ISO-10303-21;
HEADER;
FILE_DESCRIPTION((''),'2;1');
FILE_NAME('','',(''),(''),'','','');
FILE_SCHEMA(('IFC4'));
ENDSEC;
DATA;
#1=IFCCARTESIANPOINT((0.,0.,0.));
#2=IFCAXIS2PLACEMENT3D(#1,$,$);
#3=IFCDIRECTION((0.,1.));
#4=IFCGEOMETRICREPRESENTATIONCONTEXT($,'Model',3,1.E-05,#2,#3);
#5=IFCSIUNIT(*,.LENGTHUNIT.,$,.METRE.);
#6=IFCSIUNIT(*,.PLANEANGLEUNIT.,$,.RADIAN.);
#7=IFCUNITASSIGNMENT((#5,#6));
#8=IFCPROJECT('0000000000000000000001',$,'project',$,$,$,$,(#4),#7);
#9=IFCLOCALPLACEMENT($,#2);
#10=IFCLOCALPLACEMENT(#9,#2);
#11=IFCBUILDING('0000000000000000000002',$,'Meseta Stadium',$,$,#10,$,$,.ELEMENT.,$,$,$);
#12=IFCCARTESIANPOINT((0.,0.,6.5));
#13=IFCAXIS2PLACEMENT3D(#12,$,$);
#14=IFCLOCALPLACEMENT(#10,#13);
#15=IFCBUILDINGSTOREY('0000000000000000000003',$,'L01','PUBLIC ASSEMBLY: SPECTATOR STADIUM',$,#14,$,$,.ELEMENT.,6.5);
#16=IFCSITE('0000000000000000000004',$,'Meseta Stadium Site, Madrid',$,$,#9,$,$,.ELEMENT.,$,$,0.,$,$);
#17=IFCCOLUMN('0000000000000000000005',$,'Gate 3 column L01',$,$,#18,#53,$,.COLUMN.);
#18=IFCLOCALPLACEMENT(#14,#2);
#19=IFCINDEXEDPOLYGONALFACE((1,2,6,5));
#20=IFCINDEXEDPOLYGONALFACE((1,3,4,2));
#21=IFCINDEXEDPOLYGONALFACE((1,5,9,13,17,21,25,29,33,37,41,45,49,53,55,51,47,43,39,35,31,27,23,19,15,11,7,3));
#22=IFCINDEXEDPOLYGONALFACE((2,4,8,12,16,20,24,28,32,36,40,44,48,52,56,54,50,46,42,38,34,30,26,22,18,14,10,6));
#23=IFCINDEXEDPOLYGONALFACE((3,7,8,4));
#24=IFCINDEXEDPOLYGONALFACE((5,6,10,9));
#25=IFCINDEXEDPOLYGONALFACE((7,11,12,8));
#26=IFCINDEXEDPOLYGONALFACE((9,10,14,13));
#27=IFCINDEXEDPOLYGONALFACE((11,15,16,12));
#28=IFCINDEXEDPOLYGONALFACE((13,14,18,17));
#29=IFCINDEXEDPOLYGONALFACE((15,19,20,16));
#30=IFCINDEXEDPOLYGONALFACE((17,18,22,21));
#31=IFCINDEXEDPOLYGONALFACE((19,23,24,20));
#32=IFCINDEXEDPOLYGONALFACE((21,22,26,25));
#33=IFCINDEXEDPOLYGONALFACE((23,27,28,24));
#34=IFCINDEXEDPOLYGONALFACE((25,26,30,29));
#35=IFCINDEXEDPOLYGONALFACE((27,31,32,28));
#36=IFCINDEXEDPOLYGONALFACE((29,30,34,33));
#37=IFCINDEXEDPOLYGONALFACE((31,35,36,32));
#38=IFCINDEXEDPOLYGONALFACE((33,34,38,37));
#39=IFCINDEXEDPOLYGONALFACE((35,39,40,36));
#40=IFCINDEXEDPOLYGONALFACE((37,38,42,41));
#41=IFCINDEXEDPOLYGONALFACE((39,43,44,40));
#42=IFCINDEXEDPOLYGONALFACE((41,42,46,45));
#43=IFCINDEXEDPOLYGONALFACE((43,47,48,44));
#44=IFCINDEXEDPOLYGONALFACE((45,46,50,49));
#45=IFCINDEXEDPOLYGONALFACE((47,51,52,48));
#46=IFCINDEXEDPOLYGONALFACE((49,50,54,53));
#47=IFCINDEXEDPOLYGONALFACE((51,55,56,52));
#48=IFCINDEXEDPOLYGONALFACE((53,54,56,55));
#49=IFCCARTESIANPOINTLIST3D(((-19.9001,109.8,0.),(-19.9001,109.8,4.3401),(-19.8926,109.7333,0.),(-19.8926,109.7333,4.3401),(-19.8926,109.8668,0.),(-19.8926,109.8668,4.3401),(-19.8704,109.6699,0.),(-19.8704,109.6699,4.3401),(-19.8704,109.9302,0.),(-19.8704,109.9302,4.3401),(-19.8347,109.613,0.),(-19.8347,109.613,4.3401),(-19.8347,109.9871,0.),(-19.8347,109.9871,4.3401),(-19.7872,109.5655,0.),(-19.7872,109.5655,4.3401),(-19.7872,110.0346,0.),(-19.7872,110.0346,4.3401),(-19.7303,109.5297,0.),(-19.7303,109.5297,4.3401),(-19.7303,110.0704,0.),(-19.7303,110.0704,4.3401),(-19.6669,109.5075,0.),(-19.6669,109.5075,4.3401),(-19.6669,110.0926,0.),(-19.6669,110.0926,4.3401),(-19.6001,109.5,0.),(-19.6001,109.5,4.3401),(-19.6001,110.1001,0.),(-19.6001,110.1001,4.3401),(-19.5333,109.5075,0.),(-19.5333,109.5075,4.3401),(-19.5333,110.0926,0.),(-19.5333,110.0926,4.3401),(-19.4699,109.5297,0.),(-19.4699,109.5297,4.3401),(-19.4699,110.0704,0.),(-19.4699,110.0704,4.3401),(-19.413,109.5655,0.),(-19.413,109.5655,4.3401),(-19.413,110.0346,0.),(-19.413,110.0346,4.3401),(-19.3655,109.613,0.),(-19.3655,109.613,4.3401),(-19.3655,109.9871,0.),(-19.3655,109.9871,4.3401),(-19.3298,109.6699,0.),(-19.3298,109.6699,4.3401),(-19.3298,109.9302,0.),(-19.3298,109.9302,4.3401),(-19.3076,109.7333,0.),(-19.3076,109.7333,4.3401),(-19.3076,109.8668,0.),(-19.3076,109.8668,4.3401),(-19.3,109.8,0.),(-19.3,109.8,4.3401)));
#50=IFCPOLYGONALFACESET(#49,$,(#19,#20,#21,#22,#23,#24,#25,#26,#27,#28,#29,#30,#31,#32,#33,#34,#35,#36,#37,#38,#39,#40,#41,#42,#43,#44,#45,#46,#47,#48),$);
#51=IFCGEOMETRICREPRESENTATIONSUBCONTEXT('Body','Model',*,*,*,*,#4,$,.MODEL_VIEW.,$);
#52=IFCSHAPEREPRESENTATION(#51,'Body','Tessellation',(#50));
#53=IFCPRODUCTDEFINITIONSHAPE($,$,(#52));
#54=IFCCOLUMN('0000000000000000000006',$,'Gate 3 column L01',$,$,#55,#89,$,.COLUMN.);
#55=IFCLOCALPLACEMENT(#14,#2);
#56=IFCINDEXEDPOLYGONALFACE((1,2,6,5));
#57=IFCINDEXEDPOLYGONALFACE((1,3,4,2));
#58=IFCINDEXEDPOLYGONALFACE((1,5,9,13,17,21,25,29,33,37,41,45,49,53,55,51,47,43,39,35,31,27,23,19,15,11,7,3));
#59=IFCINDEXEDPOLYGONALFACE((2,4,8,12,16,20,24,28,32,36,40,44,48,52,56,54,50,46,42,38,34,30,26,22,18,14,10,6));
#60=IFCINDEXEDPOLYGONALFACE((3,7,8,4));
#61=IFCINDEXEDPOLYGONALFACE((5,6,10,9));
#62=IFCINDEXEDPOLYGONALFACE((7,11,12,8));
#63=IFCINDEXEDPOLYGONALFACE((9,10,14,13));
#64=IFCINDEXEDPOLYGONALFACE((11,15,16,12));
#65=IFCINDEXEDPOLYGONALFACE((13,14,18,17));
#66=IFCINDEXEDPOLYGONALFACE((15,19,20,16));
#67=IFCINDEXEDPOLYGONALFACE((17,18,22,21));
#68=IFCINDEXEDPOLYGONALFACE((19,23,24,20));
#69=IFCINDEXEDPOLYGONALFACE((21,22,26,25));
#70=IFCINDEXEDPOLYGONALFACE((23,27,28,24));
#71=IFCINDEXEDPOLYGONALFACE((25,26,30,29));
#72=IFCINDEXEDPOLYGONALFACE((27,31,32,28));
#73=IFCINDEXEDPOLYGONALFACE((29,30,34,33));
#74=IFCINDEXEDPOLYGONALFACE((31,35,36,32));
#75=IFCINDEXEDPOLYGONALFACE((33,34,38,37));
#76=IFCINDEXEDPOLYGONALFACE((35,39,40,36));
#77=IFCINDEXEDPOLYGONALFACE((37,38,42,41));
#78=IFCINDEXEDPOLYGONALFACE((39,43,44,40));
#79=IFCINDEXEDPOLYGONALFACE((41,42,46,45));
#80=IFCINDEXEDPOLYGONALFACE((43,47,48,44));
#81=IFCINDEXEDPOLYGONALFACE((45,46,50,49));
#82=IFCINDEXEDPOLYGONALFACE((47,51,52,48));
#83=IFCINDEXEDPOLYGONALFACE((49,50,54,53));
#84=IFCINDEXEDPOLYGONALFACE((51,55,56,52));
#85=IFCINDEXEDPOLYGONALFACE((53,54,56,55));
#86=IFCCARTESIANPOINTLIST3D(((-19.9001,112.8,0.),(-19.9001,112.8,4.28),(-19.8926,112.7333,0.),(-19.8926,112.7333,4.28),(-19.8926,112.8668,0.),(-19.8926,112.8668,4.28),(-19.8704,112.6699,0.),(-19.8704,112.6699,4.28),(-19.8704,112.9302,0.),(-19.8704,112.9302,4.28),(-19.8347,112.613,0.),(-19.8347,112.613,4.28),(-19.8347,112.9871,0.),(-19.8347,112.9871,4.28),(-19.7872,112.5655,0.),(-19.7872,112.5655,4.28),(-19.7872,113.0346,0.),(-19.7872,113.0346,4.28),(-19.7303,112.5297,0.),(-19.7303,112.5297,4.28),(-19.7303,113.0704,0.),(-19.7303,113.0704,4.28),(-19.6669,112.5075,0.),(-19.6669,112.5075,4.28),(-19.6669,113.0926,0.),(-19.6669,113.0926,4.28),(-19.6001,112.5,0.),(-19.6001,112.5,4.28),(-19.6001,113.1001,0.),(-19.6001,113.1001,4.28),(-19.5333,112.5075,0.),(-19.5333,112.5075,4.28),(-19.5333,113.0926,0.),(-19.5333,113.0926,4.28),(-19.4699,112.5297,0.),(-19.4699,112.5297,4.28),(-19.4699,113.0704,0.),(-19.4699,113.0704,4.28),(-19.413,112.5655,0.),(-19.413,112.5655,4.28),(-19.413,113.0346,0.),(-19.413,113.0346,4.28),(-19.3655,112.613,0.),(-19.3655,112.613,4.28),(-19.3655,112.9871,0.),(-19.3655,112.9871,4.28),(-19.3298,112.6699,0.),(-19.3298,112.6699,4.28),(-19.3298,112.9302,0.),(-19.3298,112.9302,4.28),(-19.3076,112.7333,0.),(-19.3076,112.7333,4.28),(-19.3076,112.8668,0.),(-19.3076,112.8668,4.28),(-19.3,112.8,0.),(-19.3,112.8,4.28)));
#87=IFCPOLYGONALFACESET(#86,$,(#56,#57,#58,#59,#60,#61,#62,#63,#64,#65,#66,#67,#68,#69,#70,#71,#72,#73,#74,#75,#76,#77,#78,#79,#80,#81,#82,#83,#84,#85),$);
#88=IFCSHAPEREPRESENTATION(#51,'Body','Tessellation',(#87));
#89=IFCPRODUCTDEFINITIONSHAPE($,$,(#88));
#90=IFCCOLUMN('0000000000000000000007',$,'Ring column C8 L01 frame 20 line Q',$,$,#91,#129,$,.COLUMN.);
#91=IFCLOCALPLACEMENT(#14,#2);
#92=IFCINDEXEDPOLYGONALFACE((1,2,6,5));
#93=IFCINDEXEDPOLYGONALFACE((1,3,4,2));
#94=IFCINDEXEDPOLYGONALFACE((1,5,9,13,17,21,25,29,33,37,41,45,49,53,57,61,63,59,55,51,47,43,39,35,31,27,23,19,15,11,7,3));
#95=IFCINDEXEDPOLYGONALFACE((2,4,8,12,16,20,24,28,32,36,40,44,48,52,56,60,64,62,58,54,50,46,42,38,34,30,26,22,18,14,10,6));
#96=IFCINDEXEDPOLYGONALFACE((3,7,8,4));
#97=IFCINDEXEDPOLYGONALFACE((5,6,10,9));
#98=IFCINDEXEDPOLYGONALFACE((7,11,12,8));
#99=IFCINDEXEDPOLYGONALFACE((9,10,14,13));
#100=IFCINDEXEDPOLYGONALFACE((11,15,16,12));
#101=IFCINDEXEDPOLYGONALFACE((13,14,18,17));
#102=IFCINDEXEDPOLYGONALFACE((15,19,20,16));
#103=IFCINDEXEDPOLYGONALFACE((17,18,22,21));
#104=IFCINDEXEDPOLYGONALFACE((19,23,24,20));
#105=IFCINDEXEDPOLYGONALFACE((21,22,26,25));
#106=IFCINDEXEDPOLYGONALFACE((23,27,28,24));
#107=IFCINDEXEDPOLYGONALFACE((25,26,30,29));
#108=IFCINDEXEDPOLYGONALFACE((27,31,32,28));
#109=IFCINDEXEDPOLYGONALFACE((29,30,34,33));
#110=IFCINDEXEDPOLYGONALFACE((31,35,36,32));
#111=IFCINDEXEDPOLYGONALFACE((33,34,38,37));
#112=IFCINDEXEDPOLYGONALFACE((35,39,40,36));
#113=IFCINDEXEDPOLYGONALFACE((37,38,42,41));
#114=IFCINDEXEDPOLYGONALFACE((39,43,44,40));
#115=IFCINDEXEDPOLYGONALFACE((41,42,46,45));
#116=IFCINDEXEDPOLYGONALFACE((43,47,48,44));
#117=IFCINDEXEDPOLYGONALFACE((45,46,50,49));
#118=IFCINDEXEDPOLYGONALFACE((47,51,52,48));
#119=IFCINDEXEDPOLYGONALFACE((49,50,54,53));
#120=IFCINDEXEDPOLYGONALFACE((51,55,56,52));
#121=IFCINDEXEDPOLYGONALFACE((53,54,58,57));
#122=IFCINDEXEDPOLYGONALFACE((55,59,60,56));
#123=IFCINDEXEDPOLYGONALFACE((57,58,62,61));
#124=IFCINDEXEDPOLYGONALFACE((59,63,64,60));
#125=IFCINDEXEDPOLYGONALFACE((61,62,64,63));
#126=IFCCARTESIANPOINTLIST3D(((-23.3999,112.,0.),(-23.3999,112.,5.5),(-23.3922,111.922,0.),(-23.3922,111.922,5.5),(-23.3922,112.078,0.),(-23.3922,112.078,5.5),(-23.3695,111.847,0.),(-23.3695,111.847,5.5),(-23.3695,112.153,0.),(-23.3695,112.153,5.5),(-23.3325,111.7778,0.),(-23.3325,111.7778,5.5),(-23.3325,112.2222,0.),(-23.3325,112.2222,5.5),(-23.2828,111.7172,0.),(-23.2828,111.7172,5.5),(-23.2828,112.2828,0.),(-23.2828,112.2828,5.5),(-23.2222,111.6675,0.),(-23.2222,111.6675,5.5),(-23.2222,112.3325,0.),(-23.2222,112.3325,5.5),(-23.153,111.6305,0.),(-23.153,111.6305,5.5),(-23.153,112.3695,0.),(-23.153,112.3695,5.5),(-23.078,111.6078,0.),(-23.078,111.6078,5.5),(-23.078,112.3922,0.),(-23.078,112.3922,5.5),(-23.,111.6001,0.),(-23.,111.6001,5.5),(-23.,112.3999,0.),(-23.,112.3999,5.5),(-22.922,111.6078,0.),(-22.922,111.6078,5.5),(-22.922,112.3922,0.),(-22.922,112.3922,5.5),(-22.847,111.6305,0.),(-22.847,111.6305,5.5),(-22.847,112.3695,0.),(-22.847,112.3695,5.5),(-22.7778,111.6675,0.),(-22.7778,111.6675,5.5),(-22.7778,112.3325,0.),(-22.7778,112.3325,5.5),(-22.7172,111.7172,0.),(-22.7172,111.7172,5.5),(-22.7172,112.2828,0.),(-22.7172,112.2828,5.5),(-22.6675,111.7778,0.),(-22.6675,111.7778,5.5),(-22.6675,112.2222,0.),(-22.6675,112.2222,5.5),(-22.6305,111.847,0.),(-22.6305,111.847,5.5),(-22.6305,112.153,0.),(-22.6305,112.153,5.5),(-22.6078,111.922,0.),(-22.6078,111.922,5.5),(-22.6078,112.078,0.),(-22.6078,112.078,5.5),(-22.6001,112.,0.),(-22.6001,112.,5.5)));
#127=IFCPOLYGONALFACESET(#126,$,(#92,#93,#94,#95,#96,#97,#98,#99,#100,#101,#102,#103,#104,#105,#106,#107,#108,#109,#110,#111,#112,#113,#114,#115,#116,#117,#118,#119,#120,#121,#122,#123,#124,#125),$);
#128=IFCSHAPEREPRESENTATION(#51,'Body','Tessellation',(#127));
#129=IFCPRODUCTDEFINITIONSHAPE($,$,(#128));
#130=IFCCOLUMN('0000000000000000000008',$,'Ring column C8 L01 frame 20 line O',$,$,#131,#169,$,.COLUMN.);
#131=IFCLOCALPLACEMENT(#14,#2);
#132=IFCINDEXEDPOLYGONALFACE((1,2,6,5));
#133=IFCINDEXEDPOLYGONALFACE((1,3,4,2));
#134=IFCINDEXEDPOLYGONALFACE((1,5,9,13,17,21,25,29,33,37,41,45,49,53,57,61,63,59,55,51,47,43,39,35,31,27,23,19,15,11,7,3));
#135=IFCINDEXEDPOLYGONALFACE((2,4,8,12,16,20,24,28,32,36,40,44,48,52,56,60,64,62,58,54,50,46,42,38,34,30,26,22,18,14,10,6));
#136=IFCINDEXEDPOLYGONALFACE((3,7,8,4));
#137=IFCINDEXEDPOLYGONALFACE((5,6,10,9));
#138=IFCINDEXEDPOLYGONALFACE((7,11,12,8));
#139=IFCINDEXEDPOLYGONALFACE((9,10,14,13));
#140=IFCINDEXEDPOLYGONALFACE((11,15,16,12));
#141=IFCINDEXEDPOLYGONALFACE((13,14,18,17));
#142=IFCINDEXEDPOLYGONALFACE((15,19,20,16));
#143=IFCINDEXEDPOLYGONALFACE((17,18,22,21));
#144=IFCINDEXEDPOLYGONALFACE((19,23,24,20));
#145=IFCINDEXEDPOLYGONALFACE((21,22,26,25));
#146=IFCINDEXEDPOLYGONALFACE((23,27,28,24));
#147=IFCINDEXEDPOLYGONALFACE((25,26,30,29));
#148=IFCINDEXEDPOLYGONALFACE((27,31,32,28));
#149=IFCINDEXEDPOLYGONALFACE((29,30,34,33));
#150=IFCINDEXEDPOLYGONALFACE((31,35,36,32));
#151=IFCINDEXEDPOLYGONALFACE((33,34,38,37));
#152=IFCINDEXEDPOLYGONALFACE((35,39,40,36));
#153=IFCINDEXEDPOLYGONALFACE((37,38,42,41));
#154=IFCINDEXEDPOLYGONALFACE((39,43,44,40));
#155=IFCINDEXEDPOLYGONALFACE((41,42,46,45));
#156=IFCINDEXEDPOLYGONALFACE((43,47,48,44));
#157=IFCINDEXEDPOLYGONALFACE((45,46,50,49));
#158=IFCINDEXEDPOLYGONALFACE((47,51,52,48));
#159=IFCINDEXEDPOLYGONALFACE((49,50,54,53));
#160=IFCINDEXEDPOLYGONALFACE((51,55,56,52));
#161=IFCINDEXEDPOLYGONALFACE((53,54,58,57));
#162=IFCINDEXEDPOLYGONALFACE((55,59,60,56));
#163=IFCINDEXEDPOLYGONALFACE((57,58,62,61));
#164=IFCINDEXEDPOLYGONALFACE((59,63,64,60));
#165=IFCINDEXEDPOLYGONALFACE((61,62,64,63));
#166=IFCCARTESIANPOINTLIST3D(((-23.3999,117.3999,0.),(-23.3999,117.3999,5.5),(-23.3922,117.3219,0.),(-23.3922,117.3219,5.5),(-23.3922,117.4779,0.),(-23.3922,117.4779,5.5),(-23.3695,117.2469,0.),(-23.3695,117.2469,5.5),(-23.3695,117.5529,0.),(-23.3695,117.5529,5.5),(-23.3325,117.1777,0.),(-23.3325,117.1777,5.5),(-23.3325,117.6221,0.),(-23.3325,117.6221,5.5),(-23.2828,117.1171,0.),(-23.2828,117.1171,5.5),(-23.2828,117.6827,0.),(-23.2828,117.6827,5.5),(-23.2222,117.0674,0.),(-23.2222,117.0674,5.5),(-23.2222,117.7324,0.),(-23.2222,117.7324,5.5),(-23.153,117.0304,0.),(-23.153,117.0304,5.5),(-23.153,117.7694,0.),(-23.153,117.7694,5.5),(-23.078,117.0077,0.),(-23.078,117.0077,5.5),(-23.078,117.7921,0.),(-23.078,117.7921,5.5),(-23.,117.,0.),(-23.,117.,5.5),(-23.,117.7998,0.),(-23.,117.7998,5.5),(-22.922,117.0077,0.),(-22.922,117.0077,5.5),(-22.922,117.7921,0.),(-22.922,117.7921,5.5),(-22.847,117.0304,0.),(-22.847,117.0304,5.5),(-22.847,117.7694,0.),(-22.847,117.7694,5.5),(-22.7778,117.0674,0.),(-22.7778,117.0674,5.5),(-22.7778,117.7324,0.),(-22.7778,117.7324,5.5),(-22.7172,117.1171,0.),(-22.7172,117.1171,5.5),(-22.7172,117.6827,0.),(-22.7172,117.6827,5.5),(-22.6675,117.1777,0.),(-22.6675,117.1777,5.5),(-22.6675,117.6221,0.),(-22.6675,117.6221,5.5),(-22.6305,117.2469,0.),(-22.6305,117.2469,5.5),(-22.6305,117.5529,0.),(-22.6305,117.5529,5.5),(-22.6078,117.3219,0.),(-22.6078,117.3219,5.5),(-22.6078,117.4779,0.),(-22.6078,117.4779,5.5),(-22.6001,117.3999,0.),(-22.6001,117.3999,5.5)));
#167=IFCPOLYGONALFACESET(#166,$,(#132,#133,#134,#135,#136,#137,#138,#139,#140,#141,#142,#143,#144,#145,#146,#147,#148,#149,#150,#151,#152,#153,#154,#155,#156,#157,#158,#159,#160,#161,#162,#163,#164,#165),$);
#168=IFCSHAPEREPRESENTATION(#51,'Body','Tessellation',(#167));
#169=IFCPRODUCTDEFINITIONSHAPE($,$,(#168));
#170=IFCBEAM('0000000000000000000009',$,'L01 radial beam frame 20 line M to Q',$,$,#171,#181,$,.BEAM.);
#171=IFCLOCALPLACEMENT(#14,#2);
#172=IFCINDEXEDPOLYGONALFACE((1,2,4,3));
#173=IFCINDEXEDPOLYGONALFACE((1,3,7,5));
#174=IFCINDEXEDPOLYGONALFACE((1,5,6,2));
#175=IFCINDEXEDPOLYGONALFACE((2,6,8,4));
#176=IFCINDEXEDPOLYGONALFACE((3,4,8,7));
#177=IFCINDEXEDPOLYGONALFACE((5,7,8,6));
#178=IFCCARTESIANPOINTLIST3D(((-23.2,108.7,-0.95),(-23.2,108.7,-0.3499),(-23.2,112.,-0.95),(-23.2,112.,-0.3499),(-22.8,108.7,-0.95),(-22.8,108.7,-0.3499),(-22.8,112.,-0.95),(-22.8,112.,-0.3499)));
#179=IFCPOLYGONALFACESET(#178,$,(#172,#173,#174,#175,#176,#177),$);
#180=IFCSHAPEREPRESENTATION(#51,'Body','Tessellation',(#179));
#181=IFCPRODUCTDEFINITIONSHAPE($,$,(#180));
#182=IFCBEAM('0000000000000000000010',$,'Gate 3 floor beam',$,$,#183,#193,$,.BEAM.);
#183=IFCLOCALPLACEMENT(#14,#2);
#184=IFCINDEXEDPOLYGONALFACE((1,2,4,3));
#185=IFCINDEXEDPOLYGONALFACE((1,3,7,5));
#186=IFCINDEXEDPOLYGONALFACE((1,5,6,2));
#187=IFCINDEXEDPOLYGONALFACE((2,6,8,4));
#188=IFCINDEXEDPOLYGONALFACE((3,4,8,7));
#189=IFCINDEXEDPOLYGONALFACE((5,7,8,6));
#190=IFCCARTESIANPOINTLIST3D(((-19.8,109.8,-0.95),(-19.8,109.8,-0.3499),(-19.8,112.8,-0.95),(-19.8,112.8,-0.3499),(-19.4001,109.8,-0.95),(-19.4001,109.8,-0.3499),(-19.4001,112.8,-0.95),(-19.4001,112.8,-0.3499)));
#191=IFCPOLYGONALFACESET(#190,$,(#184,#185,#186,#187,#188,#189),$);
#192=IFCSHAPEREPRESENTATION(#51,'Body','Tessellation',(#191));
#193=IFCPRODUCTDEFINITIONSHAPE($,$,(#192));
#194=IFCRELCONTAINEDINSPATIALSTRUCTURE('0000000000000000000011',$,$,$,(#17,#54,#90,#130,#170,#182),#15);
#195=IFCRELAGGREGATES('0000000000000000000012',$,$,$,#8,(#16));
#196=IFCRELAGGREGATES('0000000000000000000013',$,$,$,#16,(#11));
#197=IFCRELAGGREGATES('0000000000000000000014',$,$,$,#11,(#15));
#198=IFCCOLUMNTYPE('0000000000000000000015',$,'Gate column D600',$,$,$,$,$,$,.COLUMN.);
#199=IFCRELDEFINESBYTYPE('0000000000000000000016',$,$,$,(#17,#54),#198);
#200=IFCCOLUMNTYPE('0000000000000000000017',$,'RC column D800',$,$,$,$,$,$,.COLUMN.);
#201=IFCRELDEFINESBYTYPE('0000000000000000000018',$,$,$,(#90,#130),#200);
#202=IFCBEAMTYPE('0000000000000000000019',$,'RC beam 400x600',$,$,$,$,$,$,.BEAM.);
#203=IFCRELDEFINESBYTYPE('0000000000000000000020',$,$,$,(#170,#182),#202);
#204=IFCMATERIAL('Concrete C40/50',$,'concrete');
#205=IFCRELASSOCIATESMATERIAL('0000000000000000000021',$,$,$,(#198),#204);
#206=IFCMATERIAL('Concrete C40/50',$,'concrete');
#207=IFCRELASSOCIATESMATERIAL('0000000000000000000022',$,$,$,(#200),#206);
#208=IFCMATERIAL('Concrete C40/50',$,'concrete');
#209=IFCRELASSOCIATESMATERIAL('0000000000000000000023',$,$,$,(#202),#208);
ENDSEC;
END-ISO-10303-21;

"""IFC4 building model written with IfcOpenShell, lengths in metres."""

from ifc_helpers import new_model, si_unit, direction, frame, origin, origin_2d, place, context, subcontext, project, spatial, rectangle, circle, extrude, material, material_profile, profile_set, type_object, element, save


model = new_model("IFC4")

# Units and contexts
model_context = context("Model", 3, precision=1e-05, world=origin(), true_north=direction((0.0, 1.0)))
body_context = subcontext(model_context, "Body", "Model", "MODEL_VIEW")
ifc_project = project(units=[si_unit("LENGTHUNIT", "METRE"), si_unit("PLANEANGLEUNIT", "RADIAN")], contexts=[model_context])

# Site, building, storey
site_placement = place(None, origin())
site = spatial("IfcSite", under=ifc_project, at=site_placement, Name="Meseta Stadium Site, Madrid", CompositionType="ELEMENT", RefElevation=0.0)
building_placement = place(site_placement, origin())
building = spatial("IfcBuilding", under=site, at=building_placement, Name="Meseta Stadium", CompositionType="ELEMENT")
storey_placement = place(building_placement, frame((0.0, 0.0, 6.5)))
storey = spatial("IfcBuildingStorey", under=building, at=storey_placement, Name="L01", Description="PUBLIC ASSEMBLY: SPECTATOR STADIUM", CompositionType="ELEMENT", Elevation=6.5)

# Columns
ifc_material_1 = material(Name="Concrete C40/50", Category="concrete")
ifc_material_profile_1 = material_profile(ifc_material_1, circle(Radius=0.3, at=origin_2d()), Name="RC D600")
ifc_profile_set_1 = profile_set([ifc_material_profile_1], Name="Concrete C40/50")
column_type_1 = type_object("IfcColumnType", Name="Gate column D600", PredefinedType="COLUMN", material=ifc_profile_set_1)
column_1_placement = place(storey_placement, frame((-19.6001, 109.8, 0.0), z_axis=(0.0, 0.0, 1.0), x_axis=(1.0, 0.0, 0.0)))
element("IfcColumn", 1, at=column_1_placement, inside=storey, type_object=column_type_1, Name="Gate 3 column L01", PredefinedType="COLUMN", context=body_context, shape_type="SweptSolid", body=[
    extrude(circle(Radius=0.3, at=origin_2d()), origin(), (0.0, 0.0, 1.0), 4.3401),
])
column_2_placement = place(storey_placement, frame((-19.6001, 112.8, 0.0), z_axis=(0.0, 0.0, 1.0), x_axis=(1.0, 0.0, 0.0)))
element("IfcColumn", 2, at=column_2_placement, inside=storey, type_object=column_type_1, Name="Gate 3 column L01", PredefinedType="COLUMN", context=body_context, shape_type="SweptSolid", body=[
    extrude(circle(Radius=0.3, at=origin_2d()), origin(), (0.0, 0.0, 1.0), 4.28),
])
ifc_material_2 = material(Name="Concrete C40/50", Category="concrete")
ifc_material_profile_2 = material_profile(ifc_material_2, circle(Radius=0.3999, at=origin_2d()), Name="RC D800")
ifc_profile_set_2 = profile_set([ifc_material_profile_2], Name="Concrete C40/50")
column_type_2 = type_object("IfcColumnType", Name="RC column D800", PredefinedType="COLUMN", material=ifc_profile_set_2)
for number, where, z_axis, x_axis, name in (
    (3, (-23.0, 112.0, 0.0), (0.0, 0.0, 1.0), (1.0, 0.0, 0.0), "Ring column C8 L01 frame 20 line Q"),
    (4, (-23.0, 117.3999, 0.0), (0.0, 0.0, 1.0), (1.0, 0.0, 0.0), "Ring column C8 L01 frame 20 line O"),
):
    element("IfcColumn", number, at=place(storey_placement, frame(where, z_axis=z_axis, x_axis=x_axis)), inside=storey, type_object=column_type_2, Name=name, PredefinedType="COLUMN", context=body_context, shape_type="SweptSolid", body=[
        extrude(circle(Radius=0.3999, at=origin_2d()), origin(), (0.0, 0.0, 1.0), 5.5),
    ])

# Beams
ifc_material_3 = material(Name="Concrete C40/50", Category="concrete")
ifc_material_profile_3 = material_profile(ifc_material_3, rectangle(XDim=0.3999, YDim=0.6001, at=origin_2d()), Name="RC 400x600")
ifc_profile_set_3 = profile_set([ifc_material_profile_3], Name="Concrete C40/50")
beam_type_1 = type_object("IfcBeamType", Name="RC beam 400x600", PredefinedType="BEAM", material=ifc_profile_set_3)
beam_1_placement = place(storey_placement, frame((-23.0, 108.7, -0.6499), z_axis=(0.0, 1.0, 0.0), x_axis=(-1.0, 0.0, 0.0)))
element("IfcBeam", 5, at=beam_1_placement, inside=storey, type_object=beam_type_1, Name="L01 radial beam frame 20 line M to Q", PredefinedType="BEAM", context=body_context, shape_type="SweptSolid", body=[
    extrude(rectangle(XDim=0.3999, YDim=0.6001, at=origin_2d()), origin(), (0.0, 0.0, 1.0), 3.3),
])
beam_2_placement = place(storey_placement, frame((-19.6001, 109.8, -0.6499), z_axis=(0.0, 1.0, 0.0), x_axis=(-1.0, 0.0, 0.0)))
element("IfcBeam", 6, at=beam_2_placement, inside=storey, type_object=beam_type_1, Name="Gate 3 floor beam", PredefinedType="BEAM", context=body_context, shape_type="SweptSolid", body=[
    extrude(rectangle(XDim=0.3999, YDim=0.6001, at=origin_2d()), origin(), (0.0, 0.0, 1.0), 3.0),
])

save(model, "model.ifc")
